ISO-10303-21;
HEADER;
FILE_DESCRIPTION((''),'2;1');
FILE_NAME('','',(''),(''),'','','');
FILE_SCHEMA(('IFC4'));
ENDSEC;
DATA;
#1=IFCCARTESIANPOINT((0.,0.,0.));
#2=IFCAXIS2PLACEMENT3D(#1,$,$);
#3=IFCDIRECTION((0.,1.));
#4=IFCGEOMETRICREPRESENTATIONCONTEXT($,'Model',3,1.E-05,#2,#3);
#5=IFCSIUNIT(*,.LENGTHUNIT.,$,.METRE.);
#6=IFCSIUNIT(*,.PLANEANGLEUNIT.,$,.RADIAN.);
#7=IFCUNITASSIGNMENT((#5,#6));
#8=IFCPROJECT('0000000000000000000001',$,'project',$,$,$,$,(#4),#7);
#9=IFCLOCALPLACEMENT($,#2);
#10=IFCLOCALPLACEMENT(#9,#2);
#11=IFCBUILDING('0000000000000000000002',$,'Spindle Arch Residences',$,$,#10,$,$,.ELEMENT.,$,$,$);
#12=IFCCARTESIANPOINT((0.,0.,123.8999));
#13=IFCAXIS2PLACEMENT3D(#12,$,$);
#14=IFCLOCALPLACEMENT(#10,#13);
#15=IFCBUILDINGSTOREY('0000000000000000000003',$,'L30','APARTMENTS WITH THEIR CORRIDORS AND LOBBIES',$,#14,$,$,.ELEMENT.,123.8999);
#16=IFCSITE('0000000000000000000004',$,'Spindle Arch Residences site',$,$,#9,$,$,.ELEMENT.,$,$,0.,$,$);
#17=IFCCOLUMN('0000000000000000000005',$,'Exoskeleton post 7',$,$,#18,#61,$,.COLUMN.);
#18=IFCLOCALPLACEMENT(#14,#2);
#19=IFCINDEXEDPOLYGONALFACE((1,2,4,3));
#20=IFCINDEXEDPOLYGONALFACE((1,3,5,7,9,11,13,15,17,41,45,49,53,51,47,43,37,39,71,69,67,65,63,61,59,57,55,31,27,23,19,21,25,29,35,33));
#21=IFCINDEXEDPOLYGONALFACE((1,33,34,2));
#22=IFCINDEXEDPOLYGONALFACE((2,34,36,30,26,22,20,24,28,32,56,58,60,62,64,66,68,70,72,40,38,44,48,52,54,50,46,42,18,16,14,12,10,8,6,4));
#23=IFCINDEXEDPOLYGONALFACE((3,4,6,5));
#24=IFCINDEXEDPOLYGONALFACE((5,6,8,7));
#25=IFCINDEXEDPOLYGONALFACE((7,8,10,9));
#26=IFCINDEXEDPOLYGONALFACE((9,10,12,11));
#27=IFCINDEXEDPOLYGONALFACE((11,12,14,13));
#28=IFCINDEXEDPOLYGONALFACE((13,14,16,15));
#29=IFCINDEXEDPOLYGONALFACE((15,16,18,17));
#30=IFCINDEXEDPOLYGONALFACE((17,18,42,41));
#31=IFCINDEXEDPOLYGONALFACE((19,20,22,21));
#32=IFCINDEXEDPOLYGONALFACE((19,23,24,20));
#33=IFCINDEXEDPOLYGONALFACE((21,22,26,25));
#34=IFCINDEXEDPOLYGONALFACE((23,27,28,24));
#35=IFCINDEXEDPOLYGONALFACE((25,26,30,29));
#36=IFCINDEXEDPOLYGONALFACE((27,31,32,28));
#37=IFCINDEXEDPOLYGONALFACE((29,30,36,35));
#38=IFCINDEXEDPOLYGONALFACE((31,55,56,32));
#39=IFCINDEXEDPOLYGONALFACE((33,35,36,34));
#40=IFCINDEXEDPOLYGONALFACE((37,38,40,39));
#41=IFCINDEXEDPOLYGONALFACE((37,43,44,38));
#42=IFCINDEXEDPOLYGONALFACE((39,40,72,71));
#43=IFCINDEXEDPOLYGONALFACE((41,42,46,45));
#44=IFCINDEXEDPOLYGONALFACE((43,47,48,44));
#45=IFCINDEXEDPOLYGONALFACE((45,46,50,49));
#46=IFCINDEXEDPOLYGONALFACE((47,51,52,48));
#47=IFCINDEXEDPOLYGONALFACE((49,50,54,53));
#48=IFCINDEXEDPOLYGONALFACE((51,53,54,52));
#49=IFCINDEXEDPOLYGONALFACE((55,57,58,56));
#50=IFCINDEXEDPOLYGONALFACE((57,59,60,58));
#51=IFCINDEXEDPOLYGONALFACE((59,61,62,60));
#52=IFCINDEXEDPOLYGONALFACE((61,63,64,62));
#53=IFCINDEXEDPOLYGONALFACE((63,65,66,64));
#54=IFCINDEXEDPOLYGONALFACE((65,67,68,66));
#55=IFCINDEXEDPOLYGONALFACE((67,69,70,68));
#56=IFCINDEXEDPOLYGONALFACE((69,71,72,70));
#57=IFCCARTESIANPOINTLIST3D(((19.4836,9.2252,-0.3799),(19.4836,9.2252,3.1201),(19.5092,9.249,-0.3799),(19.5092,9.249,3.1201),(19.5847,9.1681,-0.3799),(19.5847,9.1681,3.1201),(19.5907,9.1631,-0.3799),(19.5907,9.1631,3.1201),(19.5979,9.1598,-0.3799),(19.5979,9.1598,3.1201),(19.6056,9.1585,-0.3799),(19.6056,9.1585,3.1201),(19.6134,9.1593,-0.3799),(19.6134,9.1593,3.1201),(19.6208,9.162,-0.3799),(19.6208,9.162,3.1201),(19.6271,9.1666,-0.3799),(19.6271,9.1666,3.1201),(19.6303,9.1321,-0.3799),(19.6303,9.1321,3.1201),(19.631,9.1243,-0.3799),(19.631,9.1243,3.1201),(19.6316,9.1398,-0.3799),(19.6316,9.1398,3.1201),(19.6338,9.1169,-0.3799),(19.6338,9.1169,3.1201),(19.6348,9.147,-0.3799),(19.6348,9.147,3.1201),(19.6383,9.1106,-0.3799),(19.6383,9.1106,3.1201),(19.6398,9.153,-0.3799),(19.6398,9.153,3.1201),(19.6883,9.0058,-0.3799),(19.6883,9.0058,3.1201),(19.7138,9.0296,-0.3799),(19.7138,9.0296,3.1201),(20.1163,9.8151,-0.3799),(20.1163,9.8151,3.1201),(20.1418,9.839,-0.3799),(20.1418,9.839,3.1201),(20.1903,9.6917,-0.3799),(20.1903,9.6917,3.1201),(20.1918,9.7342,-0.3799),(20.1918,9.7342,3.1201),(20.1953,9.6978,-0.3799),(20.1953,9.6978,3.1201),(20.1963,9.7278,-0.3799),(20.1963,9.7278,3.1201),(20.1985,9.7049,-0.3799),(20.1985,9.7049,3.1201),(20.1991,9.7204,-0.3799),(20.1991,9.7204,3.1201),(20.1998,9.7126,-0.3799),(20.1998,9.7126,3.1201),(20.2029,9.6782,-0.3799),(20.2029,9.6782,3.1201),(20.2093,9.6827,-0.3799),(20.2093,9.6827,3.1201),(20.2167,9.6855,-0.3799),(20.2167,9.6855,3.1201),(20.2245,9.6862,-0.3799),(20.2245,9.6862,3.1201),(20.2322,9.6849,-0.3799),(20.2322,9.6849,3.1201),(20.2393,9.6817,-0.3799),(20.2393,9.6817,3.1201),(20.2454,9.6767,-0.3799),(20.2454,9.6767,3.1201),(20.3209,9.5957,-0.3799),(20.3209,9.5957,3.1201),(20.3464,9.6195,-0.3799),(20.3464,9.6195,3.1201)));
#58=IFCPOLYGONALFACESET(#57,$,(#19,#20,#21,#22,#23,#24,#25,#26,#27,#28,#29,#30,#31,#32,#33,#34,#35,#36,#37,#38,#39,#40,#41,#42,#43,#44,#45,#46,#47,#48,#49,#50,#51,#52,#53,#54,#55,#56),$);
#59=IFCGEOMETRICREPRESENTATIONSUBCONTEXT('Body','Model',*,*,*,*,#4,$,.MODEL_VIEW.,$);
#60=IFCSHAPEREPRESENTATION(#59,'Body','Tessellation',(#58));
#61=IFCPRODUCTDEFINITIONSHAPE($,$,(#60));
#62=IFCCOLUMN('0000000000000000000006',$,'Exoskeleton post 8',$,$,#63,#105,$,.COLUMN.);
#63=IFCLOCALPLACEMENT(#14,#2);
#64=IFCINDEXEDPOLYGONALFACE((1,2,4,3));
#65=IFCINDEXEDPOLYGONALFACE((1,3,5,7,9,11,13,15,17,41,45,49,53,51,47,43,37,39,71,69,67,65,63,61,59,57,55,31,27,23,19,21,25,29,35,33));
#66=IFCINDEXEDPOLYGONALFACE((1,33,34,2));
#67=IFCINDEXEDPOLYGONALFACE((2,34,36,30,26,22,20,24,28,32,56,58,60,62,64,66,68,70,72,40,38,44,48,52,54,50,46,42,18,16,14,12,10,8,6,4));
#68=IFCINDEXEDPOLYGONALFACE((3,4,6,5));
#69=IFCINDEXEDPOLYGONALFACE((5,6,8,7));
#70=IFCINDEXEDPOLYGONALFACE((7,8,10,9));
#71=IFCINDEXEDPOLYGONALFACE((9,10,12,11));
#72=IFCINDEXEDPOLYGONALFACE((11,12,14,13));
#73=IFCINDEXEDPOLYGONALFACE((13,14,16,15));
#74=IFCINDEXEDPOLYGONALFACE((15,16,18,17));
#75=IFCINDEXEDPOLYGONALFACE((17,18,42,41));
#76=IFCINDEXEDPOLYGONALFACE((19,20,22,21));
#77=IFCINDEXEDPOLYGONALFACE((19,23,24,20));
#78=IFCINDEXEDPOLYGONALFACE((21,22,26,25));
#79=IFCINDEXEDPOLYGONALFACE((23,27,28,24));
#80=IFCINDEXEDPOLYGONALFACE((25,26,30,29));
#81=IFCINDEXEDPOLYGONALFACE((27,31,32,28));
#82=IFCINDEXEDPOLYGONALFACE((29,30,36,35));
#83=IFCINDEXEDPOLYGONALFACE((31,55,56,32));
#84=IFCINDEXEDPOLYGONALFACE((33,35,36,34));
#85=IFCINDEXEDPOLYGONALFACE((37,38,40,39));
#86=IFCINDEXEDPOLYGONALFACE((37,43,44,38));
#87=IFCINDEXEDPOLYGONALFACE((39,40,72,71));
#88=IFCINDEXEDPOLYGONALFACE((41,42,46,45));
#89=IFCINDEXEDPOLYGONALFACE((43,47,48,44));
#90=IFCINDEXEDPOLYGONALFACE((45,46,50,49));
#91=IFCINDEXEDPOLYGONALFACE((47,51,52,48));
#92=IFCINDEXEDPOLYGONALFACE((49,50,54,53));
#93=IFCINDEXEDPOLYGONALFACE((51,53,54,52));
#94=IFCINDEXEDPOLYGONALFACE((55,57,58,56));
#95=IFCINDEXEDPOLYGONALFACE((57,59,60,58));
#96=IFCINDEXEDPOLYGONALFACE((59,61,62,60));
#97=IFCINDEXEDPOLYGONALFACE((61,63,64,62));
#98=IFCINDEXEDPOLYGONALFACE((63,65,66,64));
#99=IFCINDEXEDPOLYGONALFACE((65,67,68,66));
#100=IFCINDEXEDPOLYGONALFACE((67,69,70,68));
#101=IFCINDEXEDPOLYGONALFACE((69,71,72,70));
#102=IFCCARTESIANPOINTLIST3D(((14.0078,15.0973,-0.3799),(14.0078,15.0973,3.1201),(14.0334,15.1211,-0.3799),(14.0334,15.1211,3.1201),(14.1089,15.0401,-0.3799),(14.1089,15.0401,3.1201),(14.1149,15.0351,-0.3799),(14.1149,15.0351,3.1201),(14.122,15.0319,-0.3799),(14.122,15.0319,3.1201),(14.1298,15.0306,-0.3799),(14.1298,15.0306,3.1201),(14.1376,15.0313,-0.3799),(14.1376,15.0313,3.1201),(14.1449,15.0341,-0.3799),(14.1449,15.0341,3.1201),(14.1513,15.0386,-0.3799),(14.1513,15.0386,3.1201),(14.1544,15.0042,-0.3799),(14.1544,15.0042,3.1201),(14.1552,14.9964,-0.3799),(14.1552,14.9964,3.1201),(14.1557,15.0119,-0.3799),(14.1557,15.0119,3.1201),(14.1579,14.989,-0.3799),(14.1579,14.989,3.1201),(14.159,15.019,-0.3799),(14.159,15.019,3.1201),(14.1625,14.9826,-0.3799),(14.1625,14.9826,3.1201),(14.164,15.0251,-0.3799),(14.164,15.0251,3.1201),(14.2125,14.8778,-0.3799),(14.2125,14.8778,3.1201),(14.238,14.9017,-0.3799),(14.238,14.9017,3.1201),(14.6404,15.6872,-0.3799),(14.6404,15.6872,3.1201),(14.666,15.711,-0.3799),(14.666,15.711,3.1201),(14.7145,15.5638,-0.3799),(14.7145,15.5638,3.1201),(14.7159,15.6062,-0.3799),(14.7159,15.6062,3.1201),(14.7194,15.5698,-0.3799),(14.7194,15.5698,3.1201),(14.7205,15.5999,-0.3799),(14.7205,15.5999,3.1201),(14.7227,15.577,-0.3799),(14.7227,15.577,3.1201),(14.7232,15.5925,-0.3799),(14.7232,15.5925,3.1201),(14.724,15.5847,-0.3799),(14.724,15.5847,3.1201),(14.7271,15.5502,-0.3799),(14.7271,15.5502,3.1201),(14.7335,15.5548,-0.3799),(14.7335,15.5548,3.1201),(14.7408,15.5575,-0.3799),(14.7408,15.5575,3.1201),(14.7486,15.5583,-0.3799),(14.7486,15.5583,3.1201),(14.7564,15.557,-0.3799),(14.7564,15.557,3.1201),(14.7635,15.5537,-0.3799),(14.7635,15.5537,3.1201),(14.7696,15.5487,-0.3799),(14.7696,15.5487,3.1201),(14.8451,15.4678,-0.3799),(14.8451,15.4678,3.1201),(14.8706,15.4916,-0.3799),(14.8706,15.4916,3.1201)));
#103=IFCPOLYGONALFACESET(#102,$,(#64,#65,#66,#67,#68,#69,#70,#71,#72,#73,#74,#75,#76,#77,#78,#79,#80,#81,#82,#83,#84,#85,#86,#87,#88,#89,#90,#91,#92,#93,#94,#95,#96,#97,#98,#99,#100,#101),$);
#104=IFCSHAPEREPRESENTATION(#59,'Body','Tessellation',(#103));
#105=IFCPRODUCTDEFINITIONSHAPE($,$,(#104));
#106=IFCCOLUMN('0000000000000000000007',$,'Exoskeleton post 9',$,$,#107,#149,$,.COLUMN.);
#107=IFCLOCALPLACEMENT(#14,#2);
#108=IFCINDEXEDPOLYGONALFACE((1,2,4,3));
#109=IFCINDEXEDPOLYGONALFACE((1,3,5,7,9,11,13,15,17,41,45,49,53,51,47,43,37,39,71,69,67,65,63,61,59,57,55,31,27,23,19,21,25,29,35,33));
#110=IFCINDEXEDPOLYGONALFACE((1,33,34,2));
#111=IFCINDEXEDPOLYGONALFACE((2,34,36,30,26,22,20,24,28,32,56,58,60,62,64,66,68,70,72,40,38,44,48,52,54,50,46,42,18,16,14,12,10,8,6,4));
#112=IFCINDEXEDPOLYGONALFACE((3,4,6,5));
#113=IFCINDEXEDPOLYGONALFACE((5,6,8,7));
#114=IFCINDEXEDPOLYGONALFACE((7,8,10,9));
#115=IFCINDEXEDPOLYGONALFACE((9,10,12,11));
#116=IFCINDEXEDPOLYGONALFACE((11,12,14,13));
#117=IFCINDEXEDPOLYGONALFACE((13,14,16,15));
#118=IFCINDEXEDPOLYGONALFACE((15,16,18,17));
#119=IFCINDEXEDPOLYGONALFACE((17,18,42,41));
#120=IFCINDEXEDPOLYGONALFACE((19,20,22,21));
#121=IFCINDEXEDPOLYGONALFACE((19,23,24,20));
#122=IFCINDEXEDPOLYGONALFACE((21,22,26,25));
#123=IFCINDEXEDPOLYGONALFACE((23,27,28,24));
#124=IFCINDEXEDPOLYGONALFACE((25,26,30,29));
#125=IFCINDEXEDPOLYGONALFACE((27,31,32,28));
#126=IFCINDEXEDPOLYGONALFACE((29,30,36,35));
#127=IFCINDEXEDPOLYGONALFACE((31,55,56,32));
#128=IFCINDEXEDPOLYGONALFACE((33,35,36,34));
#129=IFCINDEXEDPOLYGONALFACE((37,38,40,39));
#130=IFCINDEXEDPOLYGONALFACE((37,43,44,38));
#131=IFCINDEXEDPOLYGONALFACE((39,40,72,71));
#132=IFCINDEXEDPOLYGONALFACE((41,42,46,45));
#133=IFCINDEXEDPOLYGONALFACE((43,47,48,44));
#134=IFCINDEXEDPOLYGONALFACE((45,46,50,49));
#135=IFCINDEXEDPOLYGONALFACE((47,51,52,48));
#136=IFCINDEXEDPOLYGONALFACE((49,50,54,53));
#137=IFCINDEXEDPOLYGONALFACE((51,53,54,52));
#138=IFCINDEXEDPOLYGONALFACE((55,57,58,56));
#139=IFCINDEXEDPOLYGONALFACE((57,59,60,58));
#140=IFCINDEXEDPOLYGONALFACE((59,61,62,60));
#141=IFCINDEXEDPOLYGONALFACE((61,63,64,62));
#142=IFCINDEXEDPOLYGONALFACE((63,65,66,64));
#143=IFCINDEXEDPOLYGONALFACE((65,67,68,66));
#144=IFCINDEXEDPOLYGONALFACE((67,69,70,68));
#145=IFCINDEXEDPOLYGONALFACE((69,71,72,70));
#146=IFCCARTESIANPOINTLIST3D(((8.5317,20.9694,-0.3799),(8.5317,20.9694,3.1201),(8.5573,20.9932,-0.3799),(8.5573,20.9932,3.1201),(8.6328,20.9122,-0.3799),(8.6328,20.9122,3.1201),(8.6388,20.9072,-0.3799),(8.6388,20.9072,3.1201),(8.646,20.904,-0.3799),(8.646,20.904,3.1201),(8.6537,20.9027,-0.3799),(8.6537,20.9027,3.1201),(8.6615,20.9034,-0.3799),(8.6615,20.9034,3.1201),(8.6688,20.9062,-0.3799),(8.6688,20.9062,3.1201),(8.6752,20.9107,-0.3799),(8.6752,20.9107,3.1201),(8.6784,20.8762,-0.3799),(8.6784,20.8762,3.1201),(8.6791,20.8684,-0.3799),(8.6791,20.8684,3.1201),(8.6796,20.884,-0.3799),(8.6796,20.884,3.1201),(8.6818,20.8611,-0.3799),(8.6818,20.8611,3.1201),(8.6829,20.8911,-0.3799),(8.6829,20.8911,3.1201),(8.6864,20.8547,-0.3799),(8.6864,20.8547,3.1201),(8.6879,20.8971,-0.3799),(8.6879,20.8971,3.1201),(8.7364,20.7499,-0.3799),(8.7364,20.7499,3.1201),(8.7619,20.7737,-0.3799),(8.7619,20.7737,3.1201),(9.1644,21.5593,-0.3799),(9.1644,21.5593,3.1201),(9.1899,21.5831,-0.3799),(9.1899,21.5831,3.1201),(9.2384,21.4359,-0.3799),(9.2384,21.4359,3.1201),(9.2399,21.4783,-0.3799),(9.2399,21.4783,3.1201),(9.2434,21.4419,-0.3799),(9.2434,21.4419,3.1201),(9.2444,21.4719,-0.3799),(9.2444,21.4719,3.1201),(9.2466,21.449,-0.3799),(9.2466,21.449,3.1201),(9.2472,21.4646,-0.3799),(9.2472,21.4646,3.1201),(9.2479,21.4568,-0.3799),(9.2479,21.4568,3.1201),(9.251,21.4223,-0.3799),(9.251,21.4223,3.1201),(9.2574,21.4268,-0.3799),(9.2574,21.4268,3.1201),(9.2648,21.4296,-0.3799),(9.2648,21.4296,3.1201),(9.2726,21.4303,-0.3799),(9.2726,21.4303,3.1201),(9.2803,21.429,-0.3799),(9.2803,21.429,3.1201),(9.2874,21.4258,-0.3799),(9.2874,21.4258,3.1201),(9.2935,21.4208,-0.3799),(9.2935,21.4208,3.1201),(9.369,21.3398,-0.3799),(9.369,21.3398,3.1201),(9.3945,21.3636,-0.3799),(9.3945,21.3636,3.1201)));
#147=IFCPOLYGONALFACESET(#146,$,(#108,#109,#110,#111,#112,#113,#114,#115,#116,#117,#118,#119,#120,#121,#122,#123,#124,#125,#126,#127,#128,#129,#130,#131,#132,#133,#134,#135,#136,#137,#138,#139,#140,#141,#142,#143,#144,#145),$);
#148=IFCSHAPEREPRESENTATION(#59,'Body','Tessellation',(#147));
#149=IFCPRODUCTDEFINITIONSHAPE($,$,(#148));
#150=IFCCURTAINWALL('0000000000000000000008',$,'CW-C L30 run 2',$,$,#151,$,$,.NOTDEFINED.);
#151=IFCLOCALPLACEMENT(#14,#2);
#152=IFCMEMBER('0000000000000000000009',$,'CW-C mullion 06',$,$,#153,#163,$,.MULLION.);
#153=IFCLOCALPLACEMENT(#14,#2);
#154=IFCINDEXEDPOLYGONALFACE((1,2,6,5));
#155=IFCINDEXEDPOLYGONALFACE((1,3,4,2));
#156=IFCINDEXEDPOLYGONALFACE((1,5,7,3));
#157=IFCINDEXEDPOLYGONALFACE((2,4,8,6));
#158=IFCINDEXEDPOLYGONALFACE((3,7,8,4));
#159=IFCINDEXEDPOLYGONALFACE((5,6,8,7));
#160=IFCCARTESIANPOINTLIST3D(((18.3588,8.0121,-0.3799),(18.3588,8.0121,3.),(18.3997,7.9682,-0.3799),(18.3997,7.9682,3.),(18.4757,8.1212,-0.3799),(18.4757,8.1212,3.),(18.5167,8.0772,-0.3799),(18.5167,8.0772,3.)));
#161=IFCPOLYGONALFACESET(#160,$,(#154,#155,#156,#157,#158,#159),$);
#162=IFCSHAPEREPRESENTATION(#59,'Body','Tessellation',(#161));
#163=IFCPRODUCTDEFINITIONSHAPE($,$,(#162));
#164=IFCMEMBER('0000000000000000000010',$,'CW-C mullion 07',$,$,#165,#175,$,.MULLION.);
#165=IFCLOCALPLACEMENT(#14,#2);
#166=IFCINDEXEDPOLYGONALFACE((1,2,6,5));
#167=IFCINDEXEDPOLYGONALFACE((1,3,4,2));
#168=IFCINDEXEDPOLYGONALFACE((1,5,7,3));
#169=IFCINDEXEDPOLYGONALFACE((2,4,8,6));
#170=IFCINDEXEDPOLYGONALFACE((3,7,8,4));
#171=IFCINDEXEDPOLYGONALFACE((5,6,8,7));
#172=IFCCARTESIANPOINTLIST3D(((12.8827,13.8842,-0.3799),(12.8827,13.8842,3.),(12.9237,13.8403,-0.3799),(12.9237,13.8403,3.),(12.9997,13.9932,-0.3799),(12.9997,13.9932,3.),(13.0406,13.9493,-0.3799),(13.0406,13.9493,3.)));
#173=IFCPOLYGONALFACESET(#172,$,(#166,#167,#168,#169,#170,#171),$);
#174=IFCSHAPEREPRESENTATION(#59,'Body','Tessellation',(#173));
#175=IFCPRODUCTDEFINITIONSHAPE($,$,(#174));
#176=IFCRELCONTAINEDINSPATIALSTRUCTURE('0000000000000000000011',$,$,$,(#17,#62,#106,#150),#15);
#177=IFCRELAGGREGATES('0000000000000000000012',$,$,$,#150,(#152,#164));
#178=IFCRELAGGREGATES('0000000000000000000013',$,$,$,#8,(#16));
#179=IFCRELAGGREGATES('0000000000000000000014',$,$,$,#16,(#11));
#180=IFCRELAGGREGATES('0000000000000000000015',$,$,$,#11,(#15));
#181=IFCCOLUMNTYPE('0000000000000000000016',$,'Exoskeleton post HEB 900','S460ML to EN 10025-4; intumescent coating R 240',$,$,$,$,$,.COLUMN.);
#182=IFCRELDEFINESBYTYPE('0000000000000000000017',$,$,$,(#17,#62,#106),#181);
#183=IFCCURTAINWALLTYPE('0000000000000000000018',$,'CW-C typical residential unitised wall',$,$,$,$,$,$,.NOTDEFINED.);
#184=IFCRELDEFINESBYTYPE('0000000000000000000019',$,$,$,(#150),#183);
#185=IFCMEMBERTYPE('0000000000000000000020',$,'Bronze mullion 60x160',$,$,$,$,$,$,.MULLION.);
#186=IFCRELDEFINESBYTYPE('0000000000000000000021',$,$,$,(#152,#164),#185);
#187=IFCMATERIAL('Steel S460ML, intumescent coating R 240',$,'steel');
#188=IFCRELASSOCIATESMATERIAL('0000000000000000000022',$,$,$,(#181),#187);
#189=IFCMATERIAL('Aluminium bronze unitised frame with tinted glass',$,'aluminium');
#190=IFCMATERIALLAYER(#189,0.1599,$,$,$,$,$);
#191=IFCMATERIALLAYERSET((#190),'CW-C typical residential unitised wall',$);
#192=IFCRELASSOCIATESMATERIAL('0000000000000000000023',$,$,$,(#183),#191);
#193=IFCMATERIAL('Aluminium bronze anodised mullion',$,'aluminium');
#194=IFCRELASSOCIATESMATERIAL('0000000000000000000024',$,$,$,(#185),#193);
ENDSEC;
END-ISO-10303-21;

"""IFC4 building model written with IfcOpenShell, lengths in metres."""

from ifc_helpers import new_model, si_unit, direction, frame, origin, origin_2d, place, context, subcontext, project, spatial, rectangle, i_section, extrude, material, layer, layer_set, material_profile, profile_set, type_object, element, aggregate, save


model = new_model("IFC4")

# Units and contexts
model_context = context("Model", 3, precision=1e-05, world=origin(), true_north=direction((0.0, 1.0)))
body_context = subcontext(model_context, "Body", "Model", "MODEL_VIEW")
ifc_project = project(units=[si_unit("LENGTHUNIT", "METRE"), si_unit("PLANEANGLEUNIT", "RADIAN")], contexts=[model_context])

# Site, building, storey
site_placement = place(None, origin())
site = spatial("IfcSite", under=ifc_project, at=site_placement, Name="Spindle Arch Residences site", CompositionType="ELEMENT", RefElevation=0.0)
building_placement = place(site_placement, origin())
building = spatial("IfcBuilding", under=site, at=building_placement, Name="Spindle Arch Residences", CompositionType="ELEMENT")
storey_placement = place(building_placement, frame((0.0, 0.0, 123.8999)))
storey = spatial("IfcBuildingStorey", under=building, at=storey_placement, Name="L30", Description="APARTMENTS WITH THEIR CORRIDORS AND LOBBIES", CompositionType="ELEMENT", Elevation=123.8999)

# Columns
ifc_material_1 = material(Name="Steel S460ML, intumescent coating R 240", Category="steel")
ifc_material_profile_1 = material_profile(ifc_material_1, i_section(OverallWidth=0.3, OverallDepth=0.8999, WebThickness=0.0186, FlangeThickness=0.0349, FilletRadius=0.03, at=origin_2d()), Name="HEB 900")
ifc_profile_set_1 = profile_set([ifc_material_profile_1], Name="Steel S460ML, intumescent coating R 240")
column_type = type_object("IfcColumnType", Name="Exoskeleton post HEB 900", Description="S460ML to EN 10025-4; intumescent coating R 240", PredefinedType="COLUMN", material=ifc_profile_set_1)
for number, where, z_axis, x_axis, name in (
    (1, (19.915, 9.4224, -0.3799), (0.0, 0.0, 1.0), (0.681998, -0.731354, 0.0), "Exoskeleton post 7"),
    (2, (14.4392, 15.2944, -0.3799), (0.0, 0.0, 1.0), (0.681998, -0.731354, 0.0), "Exoskeleton post 8"),
    (3, (8.9631, 21.1665, -0.3799), (0.0, 0.0, 1.0), (0.681998, -0.731354, 0.0), "Exoskeleton post 9"),
):
    element("IfcColumn", number, at=place(storey_placement, frame(where, z_axis=z_axis, x_axis=x_axis)), inside=storey, type_object=column_type, Name=name, PredefinedType="COLUMN", context=body_context, shape_type="SweptSolid", body=[
        extrude(i_section(OverallWidth=0.3, OverallDepth=0.8999, WebThickness=0.0186, FlangeThickness=0.0349, FilletRadius=0.03, at=origin_2d()), origin(), (0.0, 0.0, 1.0), 3.5),
    ])

# Curtain wall, members
ifc_material_2 = material(Name="Aluminium bronze unitised frame with tinted glass", Category="aluminium")
ifc_layer_1 = layer(ifc_material_2, 0.1599)
ifc_layer_set_1 = layer_set([ifc_layer_1], Name="CW-C typical residential unitised wall")
curtain_wall_type = type_object("IfcCurtainWallType", Name="CW-C typical residential unitised wall", PredefinedType="NOTDEFINED", material=ifc_layer_set_1)
curtain_wall_placement = place(storey_placement, origin())
curtain_wall = element("IfcCurtainWall", 4, at=curtain_wall_placement, inside=storey, type_object=curtain_wall_type, Name="CW-C L30 run 2", PredefinedType="NOTDEFINED")
ifc_material_3 = material(Name="Aluminium bronze anodised mullion", Category="aluminium")
ifc_material_profile_2 = material_profile(ifc_material_3, rectangle(XDim=0.1599, YDim=0.0601, at=origin_2d()), Name="MU 60x160")
ifc_profile_set_2 = profile_set([ifc_material_profile_2], Name="Aluminium bronze anodised mullion")
member_type = type_object("IfcMemberType", Name="Bronze mullion 60x160", PredefinedType="MULLION", material=ifc_profile_set_2)
member_1_placement = place(storey_placement, frame((18.4377, 8.0447, -0.3799), z_axis=(0.0, 0.0, 1.0), x_axis=(-0.731354, -0.681998, 0.0)))
member_1 = element("IfcMember", 5, at=member_1_placement, type_object=member_type, Name="CW-C mullion 06", PredefinedType="MULLION", context=body_context, shape_type="SweptSolid", body=[
    extrude(rectangle(XDim=0.1599, YDim=0.0601, at=origin_2d()), origin(), (0.0, 0.0, 1.0), 3.3799),
])
member_2_placement = place(storey_placement, frame((12.9617, 13.9167, -0.3799), z_axis=(0.0, 0.0, 1.0), x_axis=(-0.731354, -0.681998, 0.0)))
member_2 = element("IfcMember", 6, at=member_2_placement, type_object=member_type, Name="CW-C mullion 07", PredefinedType="MULLION", context=body_context, shape_type="SweptSolid", body=[
    extrude(rectangle(XDim=0.1599, YDim=0.0601, at=origin_2d()), origin(), (0.0, 0.0, 1.0), 3.3799),
])

aggregate(curtain_wall, [member_1, member_2])

save(model, "model.ifc")
